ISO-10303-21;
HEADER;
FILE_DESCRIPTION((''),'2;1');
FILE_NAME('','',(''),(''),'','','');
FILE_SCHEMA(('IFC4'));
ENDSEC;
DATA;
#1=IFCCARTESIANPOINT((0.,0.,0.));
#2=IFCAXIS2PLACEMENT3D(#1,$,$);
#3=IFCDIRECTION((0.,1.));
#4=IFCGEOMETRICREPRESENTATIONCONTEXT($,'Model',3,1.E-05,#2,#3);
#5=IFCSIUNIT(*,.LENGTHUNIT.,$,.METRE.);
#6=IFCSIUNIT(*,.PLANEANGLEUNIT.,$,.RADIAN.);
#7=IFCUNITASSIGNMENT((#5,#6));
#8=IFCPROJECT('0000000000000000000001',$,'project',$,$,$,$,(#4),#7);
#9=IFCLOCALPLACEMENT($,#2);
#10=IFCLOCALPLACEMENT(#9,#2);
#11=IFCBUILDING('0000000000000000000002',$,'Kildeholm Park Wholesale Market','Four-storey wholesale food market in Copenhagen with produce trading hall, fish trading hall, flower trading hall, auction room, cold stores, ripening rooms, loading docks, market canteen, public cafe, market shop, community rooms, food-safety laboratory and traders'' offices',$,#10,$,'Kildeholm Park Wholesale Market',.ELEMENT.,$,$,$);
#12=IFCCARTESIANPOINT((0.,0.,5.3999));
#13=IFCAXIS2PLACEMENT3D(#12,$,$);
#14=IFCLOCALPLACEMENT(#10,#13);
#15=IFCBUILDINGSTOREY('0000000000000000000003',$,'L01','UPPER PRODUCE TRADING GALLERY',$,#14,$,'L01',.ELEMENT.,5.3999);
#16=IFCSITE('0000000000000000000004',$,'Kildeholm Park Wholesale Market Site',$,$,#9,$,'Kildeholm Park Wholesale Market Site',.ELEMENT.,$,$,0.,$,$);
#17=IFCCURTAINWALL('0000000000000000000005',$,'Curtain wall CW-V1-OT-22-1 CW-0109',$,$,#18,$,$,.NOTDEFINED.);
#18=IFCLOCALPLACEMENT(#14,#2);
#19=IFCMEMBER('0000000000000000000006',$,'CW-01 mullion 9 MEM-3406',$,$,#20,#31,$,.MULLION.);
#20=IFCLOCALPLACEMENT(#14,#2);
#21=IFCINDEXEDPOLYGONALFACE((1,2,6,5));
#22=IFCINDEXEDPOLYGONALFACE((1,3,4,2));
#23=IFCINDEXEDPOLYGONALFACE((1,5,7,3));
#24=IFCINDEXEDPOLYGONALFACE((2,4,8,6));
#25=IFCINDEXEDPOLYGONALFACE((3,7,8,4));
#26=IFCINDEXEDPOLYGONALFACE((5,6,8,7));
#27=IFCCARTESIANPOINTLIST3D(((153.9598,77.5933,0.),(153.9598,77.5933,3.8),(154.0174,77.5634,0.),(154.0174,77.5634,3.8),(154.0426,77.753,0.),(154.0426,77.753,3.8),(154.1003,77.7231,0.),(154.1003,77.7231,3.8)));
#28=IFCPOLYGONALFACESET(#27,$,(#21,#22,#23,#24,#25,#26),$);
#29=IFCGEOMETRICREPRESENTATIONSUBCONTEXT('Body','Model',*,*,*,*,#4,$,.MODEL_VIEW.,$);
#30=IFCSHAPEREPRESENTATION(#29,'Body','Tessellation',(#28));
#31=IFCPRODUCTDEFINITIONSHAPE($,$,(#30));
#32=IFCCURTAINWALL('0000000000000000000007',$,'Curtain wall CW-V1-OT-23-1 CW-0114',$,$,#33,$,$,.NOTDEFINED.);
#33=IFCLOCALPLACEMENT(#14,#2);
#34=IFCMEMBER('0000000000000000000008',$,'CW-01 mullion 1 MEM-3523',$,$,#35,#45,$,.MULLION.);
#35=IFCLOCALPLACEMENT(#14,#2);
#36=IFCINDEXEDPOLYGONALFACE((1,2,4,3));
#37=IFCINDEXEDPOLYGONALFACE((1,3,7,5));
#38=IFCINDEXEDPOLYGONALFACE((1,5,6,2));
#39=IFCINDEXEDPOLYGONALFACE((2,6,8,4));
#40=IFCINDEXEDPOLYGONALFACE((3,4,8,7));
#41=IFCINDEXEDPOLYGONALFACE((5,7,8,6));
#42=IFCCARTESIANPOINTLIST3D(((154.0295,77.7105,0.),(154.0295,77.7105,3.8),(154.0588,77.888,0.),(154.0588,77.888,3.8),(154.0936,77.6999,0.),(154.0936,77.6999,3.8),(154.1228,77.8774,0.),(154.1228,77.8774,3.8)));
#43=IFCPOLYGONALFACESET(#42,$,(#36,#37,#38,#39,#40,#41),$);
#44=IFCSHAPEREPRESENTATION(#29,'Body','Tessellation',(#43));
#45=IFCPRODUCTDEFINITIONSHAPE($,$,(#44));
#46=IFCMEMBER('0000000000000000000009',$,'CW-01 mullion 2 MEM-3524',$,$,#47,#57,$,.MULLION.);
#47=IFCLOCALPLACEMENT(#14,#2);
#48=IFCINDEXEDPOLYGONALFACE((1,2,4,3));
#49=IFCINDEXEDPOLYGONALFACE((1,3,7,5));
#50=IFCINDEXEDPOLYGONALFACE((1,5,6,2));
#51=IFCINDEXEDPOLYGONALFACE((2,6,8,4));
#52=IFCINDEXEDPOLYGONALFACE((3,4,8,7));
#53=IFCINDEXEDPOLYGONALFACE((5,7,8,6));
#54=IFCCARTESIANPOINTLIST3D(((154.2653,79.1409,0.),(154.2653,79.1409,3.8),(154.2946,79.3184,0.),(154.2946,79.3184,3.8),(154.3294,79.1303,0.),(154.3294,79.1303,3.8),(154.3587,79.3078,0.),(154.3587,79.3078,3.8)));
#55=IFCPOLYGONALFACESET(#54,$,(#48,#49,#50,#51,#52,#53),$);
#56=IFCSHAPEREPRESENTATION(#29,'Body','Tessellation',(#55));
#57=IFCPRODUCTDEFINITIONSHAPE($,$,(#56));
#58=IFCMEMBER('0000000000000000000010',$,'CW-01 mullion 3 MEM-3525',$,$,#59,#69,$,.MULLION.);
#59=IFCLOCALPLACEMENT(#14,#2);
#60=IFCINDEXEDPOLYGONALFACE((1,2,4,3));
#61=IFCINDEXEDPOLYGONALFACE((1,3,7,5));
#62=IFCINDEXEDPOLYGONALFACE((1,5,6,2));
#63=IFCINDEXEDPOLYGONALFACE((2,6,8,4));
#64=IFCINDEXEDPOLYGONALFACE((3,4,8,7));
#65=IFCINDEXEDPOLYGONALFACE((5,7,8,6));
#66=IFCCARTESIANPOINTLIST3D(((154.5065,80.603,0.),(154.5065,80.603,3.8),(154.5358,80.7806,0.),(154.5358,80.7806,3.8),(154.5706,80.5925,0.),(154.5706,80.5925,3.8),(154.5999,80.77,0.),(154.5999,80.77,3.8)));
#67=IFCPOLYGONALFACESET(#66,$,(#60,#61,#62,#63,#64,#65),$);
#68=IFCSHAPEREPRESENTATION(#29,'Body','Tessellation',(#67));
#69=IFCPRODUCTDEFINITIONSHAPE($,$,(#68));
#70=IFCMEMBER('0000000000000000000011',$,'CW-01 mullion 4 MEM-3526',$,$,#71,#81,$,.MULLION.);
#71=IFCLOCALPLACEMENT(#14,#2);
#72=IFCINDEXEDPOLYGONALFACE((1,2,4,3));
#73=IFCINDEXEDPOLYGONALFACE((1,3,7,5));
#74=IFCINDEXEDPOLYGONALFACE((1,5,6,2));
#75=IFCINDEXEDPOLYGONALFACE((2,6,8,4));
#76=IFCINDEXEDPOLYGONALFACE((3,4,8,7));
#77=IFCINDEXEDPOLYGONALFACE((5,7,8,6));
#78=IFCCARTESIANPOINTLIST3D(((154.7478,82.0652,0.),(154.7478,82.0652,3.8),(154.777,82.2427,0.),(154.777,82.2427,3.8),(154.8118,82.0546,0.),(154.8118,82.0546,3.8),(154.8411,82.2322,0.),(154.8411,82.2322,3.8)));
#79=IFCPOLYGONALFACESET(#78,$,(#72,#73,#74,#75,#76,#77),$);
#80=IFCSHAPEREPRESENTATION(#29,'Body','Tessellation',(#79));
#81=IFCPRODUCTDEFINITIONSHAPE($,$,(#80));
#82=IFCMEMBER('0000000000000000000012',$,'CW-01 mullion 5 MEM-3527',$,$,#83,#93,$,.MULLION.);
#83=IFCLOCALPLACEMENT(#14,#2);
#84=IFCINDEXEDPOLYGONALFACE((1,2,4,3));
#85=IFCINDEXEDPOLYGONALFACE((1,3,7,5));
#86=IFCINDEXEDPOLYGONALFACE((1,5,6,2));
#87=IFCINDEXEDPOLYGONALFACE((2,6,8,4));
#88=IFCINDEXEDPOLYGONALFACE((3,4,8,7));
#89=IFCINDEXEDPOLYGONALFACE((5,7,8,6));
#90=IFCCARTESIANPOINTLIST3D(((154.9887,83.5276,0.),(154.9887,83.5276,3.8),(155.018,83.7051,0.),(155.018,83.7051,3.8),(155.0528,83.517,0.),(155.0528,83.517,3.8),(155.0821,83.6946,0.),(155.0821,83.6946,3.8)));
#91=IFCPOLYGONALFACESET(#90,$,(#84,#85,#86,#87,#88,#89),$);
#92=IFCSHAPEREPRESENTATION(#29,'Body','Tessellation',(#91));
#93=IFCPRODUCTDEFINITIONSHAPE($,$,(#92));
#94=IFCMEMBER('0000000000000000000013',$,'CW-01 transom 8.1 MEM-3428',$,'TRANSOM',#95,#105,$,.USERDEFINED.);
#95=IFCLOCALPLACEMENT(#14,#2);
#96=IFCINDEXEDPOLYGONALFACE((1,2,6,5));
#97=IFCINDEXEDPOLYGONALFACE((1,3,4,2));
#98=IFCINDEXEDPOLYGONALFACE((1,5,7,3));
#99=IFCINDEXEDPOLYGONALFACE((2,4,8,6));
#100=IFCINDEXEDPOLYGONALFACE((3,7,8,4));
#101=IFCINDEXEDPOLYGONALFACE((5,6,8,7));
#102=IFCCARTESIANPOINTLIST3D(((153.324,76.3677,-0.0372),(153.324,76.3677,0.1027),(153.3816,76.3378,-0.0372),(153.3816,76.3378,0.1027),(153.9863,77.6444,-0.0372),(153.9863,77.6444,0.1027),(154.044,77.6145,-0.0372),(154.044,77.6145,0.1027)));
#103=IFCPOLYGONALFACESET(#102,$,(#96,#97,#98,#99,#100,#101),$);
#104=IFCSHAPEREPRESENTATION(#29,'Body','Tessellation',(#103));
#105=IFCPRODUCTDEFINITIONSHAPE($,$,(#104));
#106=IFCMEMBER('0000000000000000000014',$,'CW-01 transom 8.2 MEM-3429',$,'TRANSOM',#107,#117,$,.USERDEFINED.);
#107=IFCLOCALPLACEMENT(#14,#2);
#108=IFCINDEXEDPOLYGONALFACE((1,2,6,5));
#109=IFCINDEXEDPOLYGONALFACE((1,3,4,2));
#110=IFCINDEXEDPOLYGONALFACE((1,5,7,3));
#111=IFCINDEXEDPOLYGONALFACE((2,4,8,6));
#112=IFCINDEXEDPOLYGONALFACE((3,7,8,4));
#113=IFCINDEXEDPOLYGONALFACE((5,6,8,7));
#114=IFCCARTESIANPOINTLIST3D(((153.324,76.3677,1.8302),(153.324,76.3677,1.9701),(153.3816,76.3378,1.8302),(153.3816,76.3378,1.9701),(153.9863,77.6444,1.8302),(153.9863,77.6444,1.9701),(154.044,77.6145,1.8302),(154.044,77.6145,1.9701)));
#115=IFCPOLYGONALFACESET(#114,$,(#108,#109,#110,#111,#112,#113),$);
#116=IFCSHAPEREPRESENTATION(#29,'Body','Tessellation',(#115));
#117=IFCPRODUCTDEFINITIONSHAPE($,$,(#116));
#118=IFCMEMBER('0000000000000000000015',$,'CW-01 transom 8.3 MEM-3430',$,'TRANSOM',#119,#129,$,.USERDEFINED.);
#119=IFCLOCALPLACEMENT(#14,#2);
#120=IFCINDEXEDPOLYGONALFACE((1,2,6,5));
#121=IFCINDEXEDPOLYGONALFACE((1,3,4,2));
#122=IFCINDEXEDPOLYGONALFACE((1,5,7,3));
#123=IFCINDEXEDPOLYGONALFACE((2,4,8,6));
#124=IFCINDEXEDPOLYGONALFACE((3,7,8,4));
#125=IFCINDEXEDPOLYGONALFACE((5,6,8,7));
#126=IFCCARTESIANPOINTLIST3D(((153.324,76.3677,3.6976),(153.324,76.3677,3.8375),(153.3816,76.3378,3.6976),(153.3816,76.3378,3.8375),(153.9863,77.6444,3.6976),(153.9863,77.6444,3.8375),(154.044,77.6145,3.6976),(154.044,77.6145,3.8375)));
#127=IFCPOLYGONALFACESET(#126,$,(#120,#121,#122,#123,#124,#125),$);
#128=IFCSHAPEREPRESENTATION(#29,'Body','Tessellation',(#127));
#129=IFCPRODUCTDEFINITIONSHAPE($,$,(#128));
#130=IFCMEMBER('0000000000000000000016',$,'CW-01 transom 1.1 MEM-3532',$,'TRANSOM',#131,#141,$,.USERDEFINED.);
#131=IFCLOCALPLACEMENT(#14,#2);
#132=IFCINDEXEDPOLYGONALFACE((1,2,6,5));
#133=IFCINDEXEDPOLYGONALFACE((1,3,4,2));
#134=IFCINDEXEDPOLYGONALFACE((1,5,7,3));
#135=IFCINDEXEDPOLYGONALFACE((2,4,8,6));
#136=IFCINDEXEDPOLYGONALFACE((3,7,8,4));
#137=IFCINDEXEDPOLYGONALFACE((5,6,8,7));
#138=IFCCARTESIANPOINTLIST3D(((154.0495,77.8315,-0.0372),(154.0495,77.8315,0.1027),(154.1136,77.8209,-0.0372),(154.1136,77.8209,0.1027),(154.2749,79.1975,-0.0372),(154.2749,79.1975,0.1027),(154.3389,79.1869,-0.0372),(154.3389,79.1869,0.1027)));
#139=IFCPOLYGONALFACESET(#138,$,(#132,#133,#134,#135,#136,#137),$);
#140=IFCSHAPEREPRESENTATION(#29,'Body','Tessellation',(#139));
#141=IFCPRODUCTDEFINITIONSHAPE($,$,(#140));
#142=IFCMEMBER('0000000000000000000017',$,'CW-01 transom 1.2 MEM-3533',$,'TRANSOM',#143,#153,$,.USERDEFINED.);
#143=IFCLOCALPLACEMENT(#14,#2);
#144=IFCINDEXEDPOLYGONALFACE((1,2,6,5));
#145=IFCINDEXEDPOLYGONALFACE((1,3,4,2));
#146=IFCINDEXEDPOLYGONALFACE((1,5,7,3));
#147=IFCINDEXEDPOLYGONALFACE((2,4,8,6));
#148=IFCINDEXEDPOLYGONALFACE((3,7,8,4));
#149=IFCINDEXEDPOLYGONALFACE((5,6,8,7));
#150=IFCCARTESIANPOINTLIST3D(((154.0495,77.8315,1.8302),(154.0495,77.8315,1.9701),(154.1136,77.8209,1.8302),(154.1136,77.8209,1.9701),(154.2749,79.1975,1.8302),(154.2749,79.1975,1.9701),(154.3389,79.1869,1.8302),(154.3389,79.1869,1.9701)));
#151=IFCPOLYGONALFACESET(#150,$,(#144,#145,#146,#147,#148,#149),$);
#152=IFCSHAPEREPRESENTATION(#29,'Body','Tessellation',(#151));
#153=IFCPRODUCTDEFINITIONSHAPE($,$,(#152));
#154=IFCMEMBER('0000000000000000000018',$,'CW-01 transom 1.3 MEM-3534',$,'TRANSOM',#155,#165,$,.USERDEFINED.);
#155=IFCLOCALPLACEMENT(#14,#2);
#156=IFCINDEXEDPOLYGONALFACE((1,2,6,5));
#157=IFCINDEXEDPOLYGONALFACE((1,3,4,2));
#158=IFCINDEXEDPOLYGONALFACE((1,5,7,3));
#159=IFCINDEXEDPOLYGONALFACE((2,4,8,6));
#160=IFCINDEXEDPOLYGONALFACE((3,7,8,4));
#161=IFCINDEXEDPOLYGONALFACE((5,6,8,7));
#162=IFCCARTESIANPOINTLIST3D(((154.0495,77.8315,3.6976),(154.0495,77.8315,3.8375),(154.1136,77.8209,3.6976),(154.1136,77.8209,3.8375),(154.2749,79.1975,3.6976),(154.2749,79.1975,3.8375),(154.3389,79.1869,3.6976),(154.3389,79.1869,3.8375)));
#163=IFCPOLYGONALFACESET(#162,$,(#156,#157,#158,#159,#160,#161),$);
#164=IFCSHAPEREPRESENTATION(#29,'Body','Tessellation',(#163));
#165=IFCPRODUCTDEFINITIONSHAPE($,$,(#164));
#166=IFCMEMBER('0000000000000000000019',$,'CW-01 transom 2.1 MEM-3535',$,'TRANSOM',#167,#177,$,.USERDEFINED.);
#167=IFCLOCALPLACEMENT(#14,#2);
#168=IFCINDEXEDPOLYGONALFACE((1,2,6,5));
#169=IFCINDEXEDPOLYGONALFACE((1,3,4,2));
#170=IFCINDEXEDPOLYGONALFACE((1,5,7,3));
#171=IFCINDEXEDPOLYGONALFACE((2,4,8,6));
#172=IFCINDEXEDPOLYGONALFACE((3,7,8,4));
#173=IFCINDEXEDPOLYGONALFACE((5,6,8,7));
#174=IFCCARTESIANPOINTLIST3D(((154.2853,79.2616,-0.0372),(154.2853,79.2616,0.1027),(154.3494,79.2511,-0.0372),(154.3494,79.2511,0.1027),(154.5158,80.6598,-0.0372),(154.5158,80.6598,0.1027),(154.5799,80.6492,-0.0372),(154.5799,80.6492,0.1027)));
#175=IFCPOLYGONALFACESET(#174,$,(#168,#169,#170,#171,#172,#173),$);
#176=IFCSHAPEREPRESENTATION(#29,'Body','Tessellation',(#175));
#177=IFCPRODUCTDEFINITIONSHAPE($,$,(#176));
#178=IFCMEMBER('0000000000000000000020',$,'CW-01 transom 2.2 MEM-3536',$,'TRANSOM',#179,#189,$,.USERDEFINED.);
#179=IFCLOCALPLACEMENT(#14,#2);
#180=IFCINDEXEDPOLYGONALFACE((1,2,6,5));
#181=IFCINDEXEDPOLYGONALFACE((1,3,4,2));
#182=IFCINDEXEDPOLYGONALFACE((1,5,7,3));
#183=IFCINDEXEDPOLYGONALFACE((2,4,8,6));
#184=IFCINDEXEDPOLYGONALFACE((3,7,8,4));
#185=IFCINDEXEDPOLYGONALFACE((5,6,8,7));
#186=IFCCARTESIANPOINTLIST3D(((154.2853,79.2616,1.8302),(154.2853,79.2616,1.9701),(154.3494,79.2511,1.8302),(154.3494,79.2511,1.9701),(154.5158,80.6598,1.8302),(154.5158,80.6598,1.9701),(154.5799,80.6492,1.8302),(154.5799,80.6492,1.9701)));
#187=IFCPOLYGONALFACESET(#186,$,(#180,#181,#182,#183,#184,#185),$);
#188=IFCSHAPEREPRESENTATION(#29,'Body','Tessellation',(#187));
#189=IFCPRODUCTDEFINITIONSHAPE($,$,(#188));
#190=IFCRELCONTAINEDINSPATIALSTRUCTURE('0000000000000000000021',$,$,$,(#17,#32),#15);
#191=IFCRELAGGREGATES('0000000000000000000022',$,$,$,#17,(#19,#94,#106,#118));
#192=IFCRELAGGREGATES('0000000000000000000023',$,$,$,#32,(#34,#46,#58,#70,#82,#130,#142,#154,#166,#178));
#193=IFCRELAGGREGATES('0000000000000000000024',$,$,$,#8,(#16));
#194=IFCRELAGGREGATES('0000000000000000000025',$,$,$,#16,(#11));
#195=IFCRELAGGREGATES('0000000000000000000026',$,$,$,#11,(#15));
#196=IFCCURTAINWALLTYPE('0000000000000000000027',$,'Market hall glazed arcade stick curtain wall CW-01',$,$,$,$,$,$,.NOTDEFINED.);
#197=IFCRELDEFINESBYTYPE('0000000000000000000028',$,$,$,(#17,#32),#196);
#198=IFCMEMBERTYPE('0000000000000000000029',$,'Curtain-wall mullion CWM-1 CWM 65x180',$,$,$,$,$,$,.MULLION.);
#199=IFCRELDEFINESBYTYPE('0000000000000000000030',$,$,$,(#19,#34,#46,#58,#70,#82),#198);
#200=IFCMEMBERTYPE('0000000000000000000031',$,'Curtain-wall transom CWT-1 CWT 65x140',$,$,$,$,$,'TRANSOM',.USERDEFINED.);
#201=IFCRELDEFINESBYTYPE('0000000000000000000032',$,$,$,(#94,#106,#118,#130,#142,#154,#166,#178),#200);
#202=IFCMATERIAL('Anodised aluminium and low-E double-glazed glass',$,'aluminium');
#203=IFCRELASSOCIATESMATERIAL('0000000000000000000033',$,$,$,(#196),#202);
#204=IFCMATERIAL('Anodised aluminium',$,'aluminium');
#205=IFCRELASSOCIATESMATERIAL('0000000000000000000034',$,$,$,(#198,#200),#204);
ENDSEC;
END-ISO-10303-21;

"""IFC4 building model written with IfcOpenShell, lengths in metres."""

from ifc_helpers import new_model, si_unit, direction, frame, origin, origin_2d, place, context, subcontext, project, spatial, rectangle, extrude, material, material_profile, profile_set, type_object, element, aggregate, save


model = new_model("IFC4")

# Units and contexts
model_context = context("Model", 3, precision=1e-05, world=origin(), true_north=direction((0.0, 1.0)))
body_context = subcontext(model_context, "Body", "Model", "MODEL_VIEW")
ifc_project = project(units=[si_unit("LENGTHUNIT", "METRE"), si_unit("PLANEANGLEUNIT", "RADIAN")], contexts=[model_context])

# Site, building, storey
site_placement = place(None, origin())
site = spatial("IfcSite", under=ifc_project, at=site_placement, Name="Kildeholm Park Wholesale Market Site", LongName="Kildeholm Park Wholesale Market Site", CompositionType="ELEMENT", RefElevation=0.0)
building_placement = place(site_placement, origin())
building = spatial("IfcBuilding", under=site, at=building_placement, Name="Kildeholm Park Wholesale Market", Description="Four-storey wholesale food market in Copenhagen with produce trading hall, fish trading hall, flower trading hall, auction room, cold stores, ripening rooms, loading docks, market canteen, public cafe, market shop, community rooms, food-safety laboratory and traders' offices", LongName="Kildeholm Park Wholesale Market", CompositionType="ELEMENT")
storey_placement = place(building_placement, frame((0.0, 0.0, 5.3999)))
storey = spatial("IfcBuildingStorey", under=building, at=storey_placement, Name="L01", Description="UPPER PRODUCE TRADING GALLERY", LongName="L01", CompositionType="ELEMENT", Elevation=5.3999)

# Curtain walls, members
ifc_material_1 = material(Name="Anodised aluminium and low-E double-glazed glass", Category="aluminium")
curtain_wall_type = type_object("IfcCurtainWallType", Name="Market hall glazed arcade stick curtain wall CW-01", PredefinedType="NOTDEFINED", material=ifc_material_1)
curtain_wall_1_placement = place(storey_placement, origin())
curtain_wall_1 = element("IfcCurtainWall", 1, at=curtain_wall_1_placement, inside=storey, type_object=curtain_wall_type, Name="Curtain wall CW-V1-OT-22-1 CW-0109", PredefinedType="NOTDEFINED")
ifc_material_2 = material(Name="Anodised aluminium", Category="aluminium")
ifc_material_profile_1 = material_profile(ifc_material_2, rectangle(XDim=0.0649, YDim=0.1799, at=origin_2d()), Name="CWM 65x180")
ifc_profile_set_1 = profile_set([ifc_material_profile_1], Name="Anodised aluminium")
member_type_1 = type_object("IfcMemberType", Name="Curtain-wall mullion CWM-1 CWM 65x180", PredefinedType="MULLION", material=ifc_profile_set_1)
member_1_placement = place(storey_placement, frame((154.03, 77.6582, 0.0), z_axis=(0.0, 0.0, 1.0), x_axis=(-0.887652, 0.460514, 0.0)))
member_1 = element("IfcMember", 2, at=member_1_placement, type_object=member_type_1, Name="CW-01 mullion 9 MEM-3406", PredefinedType="MULLION", context=body_context, shape_type="SweptSolid", body=[
    extrude(rectangle(XDim=0.0649, YDim=0.1799, at=origin_2d()), origin(), (0.0, 0.0, 1.0), 3.8),
])
curtain_wall_2_placement = place(storey_placement, origin())
curtain_wall_2 = element("IfcCurtainWall", 3, at=curtain_wall_2_placement, inside=storey, type_object=curtain_wall_type, Name="Curtain wall CW-V1-OT-23-1 CW-0114", PredefinedType="NOTDEFINED")
member_2_placement = place(storey_placement, frame((154.0762, 77.7939, 0.0), z_axis=(0.0, 0.0, 1.0), x_axis=(-0.986675, 0.162703, 0.0)))
member_2 = element("IfcMember", 4, at=member_2_placement, type_object=member_type_1, Name="CW-01 mullion 1 MEM-3523", PredefinedType="MULLION", context=body_context, shape_type="SweptSolid", body=[
    extrude(rectangle(XDim=0.0649, YDim=0.1799, at=origin_2d()), origin(), (0.0, 0.0, 1.0), 3.8),
])
member_3_placement = place(storey_placement, frame((154.312, 79.2244, 0.0), z_axis=(0.0, 0.0, 1.0), x_axis=(-0.986675, 0.162703, 0.0)))
member_3 = element("IfcMember", 5, at=member_3_placement, type_object=member_type_1, Name="CW-01 mullion 2 MEM-3524", PredefinedType="MULLION", context=body_context, shape_type="SweptSolid", body=[
    extrude(rectangle(XDim=0.0649, YDim=0.1799, at=origin_2d()), origin(), (0.0, 0.0, 1.0), 3.8),
])
member_4_placement = place(storey_placement, frame((154.5532, 80.6865, 0.0), z_axis=(0.0, 0.0, 1.0), x_axis=(-0.986675, 0.162703, 0.0)))
member_4 = element("IfcMember", 6, at=member_4_placement, type_object=member_type_1, Name="CW-01 mullion 3 MEM-3525", PredefinedType="MULLION", context=body_context, shape_type="SweptSolid", body=[
    extrude(rectangle(XDim=0.0649, YDim=0.1799, at=origin_2d()), origin(), (0.0, 0.0, 1.0), 3.8),
])
member_5_placement = place(storey_placement, frame((154.7944, 82.1487, 0.0), z_axis=(0.0, 0.0, 1.0), x_axis=(-0.986675, 0.162703, 0.0)))
member_5 = element("IfcMember", 7, at=member_5_placement, type_object=member_type_1, Name="CW-01 mullion 4 MEM-3526", PredefinedType="MULLION", context=body_context, shape_type="SweptSolid", body=[
    extrude(rectangle(XDim=0.0649, YDim=0.1799, at=origin_2d()), origin(), (0.0, 0.0, 1.0), 3.8),
])
member_6_placement = place(storey_placement, frame((155.0354, 83.6111, 0.0), z_axis=(0.0, 0.0, 1.0), x_axis=(-0.986675, 0.162703, 0.0)))
member_6 = element("IfcMember", 8, at=member_6_placement, type_object=member_type_1, Name="CW-01 mullion 5 MEM-3527", PredefinedType="MULLION", context=body_context, shape_type="SweptSolid", body=[
    extrude(rectangle(XDim=0.0649, YDim=0.1799, at=origin_2d()), origin(), (0.0, 0.0, 1.0), 3.8),
])

# Members
ifc_material_profile_2 = material_profile(ifc_material_2, rectangle(XDim=0.0649, YDim=0.1399, at=origin_2d()), Name="CWT 65x140")
ifc_profile_set_2 = profile_set([ifc_material_profile_2], Name="Anodised aluminium")
member_type_2 = type_object("IfcMemberType", Name="Curtain-wall transom CWT-1 CWT 65x140", ElementType="TRANSOM", PredefinedType="USERDEFINED", material=ifc_profile_set_2)
member_7_placement = place(storey_placement, frame((153.3528, 76.3528, 0.0327), z_axis=(0.46054, 0.887639, 0.0), x_axis=(-0.887639, 0.46054, 0.0)))
member_7 = element("IfcMember", 9, at=member_7_placement, type_object=member_type_2, Name="CW-01 transom 8.1 MEM-3428", ObjectType="TRANSOM", PredefinedType="USERDEFINED", context=body_context, shape_type="SweptSolid", body=[
    extrude(rectangle(XDim=0.0649, YDim=0.1399, at=origin_2d()), origin(), (0.0, 0.0, 1.0), 1.4382),
])
member_8_placement = place(storey_placement, frame((153.3528, 76.3528, 1.9001), z_axis=(0.46054, 0.887639, 0.0), x_axis=(-0.887639, 0.46054, 0.0)))
member_8 = element("IfcMember", 10, at=member_8_placement, type_object=member_type_2, Name="CW-01 transom 8.2 MEM-3429", ObjectType="TRANSOM", PredefinedType="USERDEFINED", context=body_context, shape_type="SweptSolid", body=[
    extrude(rectangle(XDim=0.0649, YDim=0.1399, at=origin_2d()), origin(), (0.0, 0.0, 1.0), 1.4382),
])
member_9_placement = place(storey_placement, frame((153.3528, 76.3528, 3.7676), z_axis=(0.46054, 0.887639, 0.0), x_axis=(-0.887639, 0.46054, 0.0)))
member_9 = element("IfcMember", 11, at=member_9_placement, type_object=member_type_2, Name="CW-01 transom 8.3 MEM-3430", ObjectType="TRANSOM", PredefinedType="USERDEFINED", context=body_context, shape_type="SweptSolid", body=[
    extrude(rectangle(XDim=0.0649, YDim=0.1399, at=origin_2d()), origin(), (0.0, 0.0, 1.0), 1.4382),
])
member_10_placement = place(storey_placement, frame((154.0815, 77.8262, 0.0327), z_axis=(0.162769, 0.986664, 0.0), x_axis=(-0.986664, 0.162769, 0.0)))
member_10 = element("IfcMember", 12, at=member_10_placement, type_object=member_type_2, Name="CW-01 transom 1.1 MEM-3532", ObjectType="TRANSOM", PredefinedType="USERDEFINED", context=body_context, shape_type="SweptSolid", body=[
    extrude(rectangle(XDim=0.0649, YDim=0.1399, at=origin_2d()), origin(), (0.0, 0.0, 1.0), 1.3845),
])
member_11_placement = place(storey_placement, frame((154.0815, 77.8262, 1.9001), z_axis=(0.162769, 0.986664, 0.0), x_axis=(-0.986664, 0.162769, 0.0)))
member_11 = element("IfcMember", 13, at=member_11_placement, type_object=member_type_2, Name="CW-01 transom 1.2 MEM-3533", ObjectType="TRANSOM", PredefinedType="USERDEFINED", context=body_context, shape_type="SweptSolid", body=[
    extrude(rectangle(XDim=0.0649, YDim=0.1399, at=origin_2d()), origin(), (0.0, 0.0, 1.0), 1.3845),
])
member_12_placement = place(storey_placement, frame((154.0815, 77.8262, 3.7676), z_axis=(0.162769, 0.986664, 0.0), x_axis=(-0.986664, 0.162769, 0.0)))
member_12 = element("IfcMember", 14, at=member_12_placement, type_object=member_type_2, Name="CW-01 transom 1.3 MEM-3534", ObjectType="TRANSOM", PredefinedType="USERDEFINED", context=body_context, shape_type="SweptSolid", body=[
    extrude(rectangle(XDim=0.0649, YDim=0.1399, at=origin_2d()), origin(), (0.0, 0.0, 1.0), 1.3845),
])
member_13_placement = place(storey_placement, frame((154.3174, 79.2563, 0.0327), z_axis=(0.162639, 0.986686, 0.0), x_axis=(-0.986686, 0.162639, 0.0)))
member_13 = element("IfcMember", 15, at=member_13_placement, type_object=member_type_2, Name="CW-01 transom 2.1 MEM-3535", ObjectType="TRANSOM", PredefinedType="USERDEFINED", context=body_context, shape_type="SweptSolid", body=[
    extrude(rectangle(XDim=0.0649, YDim=0.1399, at=origin_2d()), origin(), (0.0, 0.0, 1.0), 1.417),
])
member_14_placement = place(storey_placement, frame((154.3174, 79.2563, 1.9001), z_axis=(0.162639, 0.986686, 0.0), x_axis=(-0.986686, 0.162639, 0.0)))
member_14 = element("IfcMember", 16, at=member_14_placement, type_object=member_type_2, Name="CW-01 transom 2.2 MEM-3536", ObjectType="TRANSOM", PredefinedType="USERDEFINED", context=body_context, shape_type="SweptSolid", body=[
    extrude(rectangle(XDim=0.0649, YDim=0.1399, at=origin_2d()), origin(), (0.0, 0.0, 1.0), 1.417),
])

aggregate(curtain_wall_1, [member_1, member_7, member_8, member_9])
aggregate(curtain_wall_2, [member_2, member_3, member_4, member_5, member_6, member_10, member_11, member_12, member_13, member_14])

save(model, "model.ifc")
